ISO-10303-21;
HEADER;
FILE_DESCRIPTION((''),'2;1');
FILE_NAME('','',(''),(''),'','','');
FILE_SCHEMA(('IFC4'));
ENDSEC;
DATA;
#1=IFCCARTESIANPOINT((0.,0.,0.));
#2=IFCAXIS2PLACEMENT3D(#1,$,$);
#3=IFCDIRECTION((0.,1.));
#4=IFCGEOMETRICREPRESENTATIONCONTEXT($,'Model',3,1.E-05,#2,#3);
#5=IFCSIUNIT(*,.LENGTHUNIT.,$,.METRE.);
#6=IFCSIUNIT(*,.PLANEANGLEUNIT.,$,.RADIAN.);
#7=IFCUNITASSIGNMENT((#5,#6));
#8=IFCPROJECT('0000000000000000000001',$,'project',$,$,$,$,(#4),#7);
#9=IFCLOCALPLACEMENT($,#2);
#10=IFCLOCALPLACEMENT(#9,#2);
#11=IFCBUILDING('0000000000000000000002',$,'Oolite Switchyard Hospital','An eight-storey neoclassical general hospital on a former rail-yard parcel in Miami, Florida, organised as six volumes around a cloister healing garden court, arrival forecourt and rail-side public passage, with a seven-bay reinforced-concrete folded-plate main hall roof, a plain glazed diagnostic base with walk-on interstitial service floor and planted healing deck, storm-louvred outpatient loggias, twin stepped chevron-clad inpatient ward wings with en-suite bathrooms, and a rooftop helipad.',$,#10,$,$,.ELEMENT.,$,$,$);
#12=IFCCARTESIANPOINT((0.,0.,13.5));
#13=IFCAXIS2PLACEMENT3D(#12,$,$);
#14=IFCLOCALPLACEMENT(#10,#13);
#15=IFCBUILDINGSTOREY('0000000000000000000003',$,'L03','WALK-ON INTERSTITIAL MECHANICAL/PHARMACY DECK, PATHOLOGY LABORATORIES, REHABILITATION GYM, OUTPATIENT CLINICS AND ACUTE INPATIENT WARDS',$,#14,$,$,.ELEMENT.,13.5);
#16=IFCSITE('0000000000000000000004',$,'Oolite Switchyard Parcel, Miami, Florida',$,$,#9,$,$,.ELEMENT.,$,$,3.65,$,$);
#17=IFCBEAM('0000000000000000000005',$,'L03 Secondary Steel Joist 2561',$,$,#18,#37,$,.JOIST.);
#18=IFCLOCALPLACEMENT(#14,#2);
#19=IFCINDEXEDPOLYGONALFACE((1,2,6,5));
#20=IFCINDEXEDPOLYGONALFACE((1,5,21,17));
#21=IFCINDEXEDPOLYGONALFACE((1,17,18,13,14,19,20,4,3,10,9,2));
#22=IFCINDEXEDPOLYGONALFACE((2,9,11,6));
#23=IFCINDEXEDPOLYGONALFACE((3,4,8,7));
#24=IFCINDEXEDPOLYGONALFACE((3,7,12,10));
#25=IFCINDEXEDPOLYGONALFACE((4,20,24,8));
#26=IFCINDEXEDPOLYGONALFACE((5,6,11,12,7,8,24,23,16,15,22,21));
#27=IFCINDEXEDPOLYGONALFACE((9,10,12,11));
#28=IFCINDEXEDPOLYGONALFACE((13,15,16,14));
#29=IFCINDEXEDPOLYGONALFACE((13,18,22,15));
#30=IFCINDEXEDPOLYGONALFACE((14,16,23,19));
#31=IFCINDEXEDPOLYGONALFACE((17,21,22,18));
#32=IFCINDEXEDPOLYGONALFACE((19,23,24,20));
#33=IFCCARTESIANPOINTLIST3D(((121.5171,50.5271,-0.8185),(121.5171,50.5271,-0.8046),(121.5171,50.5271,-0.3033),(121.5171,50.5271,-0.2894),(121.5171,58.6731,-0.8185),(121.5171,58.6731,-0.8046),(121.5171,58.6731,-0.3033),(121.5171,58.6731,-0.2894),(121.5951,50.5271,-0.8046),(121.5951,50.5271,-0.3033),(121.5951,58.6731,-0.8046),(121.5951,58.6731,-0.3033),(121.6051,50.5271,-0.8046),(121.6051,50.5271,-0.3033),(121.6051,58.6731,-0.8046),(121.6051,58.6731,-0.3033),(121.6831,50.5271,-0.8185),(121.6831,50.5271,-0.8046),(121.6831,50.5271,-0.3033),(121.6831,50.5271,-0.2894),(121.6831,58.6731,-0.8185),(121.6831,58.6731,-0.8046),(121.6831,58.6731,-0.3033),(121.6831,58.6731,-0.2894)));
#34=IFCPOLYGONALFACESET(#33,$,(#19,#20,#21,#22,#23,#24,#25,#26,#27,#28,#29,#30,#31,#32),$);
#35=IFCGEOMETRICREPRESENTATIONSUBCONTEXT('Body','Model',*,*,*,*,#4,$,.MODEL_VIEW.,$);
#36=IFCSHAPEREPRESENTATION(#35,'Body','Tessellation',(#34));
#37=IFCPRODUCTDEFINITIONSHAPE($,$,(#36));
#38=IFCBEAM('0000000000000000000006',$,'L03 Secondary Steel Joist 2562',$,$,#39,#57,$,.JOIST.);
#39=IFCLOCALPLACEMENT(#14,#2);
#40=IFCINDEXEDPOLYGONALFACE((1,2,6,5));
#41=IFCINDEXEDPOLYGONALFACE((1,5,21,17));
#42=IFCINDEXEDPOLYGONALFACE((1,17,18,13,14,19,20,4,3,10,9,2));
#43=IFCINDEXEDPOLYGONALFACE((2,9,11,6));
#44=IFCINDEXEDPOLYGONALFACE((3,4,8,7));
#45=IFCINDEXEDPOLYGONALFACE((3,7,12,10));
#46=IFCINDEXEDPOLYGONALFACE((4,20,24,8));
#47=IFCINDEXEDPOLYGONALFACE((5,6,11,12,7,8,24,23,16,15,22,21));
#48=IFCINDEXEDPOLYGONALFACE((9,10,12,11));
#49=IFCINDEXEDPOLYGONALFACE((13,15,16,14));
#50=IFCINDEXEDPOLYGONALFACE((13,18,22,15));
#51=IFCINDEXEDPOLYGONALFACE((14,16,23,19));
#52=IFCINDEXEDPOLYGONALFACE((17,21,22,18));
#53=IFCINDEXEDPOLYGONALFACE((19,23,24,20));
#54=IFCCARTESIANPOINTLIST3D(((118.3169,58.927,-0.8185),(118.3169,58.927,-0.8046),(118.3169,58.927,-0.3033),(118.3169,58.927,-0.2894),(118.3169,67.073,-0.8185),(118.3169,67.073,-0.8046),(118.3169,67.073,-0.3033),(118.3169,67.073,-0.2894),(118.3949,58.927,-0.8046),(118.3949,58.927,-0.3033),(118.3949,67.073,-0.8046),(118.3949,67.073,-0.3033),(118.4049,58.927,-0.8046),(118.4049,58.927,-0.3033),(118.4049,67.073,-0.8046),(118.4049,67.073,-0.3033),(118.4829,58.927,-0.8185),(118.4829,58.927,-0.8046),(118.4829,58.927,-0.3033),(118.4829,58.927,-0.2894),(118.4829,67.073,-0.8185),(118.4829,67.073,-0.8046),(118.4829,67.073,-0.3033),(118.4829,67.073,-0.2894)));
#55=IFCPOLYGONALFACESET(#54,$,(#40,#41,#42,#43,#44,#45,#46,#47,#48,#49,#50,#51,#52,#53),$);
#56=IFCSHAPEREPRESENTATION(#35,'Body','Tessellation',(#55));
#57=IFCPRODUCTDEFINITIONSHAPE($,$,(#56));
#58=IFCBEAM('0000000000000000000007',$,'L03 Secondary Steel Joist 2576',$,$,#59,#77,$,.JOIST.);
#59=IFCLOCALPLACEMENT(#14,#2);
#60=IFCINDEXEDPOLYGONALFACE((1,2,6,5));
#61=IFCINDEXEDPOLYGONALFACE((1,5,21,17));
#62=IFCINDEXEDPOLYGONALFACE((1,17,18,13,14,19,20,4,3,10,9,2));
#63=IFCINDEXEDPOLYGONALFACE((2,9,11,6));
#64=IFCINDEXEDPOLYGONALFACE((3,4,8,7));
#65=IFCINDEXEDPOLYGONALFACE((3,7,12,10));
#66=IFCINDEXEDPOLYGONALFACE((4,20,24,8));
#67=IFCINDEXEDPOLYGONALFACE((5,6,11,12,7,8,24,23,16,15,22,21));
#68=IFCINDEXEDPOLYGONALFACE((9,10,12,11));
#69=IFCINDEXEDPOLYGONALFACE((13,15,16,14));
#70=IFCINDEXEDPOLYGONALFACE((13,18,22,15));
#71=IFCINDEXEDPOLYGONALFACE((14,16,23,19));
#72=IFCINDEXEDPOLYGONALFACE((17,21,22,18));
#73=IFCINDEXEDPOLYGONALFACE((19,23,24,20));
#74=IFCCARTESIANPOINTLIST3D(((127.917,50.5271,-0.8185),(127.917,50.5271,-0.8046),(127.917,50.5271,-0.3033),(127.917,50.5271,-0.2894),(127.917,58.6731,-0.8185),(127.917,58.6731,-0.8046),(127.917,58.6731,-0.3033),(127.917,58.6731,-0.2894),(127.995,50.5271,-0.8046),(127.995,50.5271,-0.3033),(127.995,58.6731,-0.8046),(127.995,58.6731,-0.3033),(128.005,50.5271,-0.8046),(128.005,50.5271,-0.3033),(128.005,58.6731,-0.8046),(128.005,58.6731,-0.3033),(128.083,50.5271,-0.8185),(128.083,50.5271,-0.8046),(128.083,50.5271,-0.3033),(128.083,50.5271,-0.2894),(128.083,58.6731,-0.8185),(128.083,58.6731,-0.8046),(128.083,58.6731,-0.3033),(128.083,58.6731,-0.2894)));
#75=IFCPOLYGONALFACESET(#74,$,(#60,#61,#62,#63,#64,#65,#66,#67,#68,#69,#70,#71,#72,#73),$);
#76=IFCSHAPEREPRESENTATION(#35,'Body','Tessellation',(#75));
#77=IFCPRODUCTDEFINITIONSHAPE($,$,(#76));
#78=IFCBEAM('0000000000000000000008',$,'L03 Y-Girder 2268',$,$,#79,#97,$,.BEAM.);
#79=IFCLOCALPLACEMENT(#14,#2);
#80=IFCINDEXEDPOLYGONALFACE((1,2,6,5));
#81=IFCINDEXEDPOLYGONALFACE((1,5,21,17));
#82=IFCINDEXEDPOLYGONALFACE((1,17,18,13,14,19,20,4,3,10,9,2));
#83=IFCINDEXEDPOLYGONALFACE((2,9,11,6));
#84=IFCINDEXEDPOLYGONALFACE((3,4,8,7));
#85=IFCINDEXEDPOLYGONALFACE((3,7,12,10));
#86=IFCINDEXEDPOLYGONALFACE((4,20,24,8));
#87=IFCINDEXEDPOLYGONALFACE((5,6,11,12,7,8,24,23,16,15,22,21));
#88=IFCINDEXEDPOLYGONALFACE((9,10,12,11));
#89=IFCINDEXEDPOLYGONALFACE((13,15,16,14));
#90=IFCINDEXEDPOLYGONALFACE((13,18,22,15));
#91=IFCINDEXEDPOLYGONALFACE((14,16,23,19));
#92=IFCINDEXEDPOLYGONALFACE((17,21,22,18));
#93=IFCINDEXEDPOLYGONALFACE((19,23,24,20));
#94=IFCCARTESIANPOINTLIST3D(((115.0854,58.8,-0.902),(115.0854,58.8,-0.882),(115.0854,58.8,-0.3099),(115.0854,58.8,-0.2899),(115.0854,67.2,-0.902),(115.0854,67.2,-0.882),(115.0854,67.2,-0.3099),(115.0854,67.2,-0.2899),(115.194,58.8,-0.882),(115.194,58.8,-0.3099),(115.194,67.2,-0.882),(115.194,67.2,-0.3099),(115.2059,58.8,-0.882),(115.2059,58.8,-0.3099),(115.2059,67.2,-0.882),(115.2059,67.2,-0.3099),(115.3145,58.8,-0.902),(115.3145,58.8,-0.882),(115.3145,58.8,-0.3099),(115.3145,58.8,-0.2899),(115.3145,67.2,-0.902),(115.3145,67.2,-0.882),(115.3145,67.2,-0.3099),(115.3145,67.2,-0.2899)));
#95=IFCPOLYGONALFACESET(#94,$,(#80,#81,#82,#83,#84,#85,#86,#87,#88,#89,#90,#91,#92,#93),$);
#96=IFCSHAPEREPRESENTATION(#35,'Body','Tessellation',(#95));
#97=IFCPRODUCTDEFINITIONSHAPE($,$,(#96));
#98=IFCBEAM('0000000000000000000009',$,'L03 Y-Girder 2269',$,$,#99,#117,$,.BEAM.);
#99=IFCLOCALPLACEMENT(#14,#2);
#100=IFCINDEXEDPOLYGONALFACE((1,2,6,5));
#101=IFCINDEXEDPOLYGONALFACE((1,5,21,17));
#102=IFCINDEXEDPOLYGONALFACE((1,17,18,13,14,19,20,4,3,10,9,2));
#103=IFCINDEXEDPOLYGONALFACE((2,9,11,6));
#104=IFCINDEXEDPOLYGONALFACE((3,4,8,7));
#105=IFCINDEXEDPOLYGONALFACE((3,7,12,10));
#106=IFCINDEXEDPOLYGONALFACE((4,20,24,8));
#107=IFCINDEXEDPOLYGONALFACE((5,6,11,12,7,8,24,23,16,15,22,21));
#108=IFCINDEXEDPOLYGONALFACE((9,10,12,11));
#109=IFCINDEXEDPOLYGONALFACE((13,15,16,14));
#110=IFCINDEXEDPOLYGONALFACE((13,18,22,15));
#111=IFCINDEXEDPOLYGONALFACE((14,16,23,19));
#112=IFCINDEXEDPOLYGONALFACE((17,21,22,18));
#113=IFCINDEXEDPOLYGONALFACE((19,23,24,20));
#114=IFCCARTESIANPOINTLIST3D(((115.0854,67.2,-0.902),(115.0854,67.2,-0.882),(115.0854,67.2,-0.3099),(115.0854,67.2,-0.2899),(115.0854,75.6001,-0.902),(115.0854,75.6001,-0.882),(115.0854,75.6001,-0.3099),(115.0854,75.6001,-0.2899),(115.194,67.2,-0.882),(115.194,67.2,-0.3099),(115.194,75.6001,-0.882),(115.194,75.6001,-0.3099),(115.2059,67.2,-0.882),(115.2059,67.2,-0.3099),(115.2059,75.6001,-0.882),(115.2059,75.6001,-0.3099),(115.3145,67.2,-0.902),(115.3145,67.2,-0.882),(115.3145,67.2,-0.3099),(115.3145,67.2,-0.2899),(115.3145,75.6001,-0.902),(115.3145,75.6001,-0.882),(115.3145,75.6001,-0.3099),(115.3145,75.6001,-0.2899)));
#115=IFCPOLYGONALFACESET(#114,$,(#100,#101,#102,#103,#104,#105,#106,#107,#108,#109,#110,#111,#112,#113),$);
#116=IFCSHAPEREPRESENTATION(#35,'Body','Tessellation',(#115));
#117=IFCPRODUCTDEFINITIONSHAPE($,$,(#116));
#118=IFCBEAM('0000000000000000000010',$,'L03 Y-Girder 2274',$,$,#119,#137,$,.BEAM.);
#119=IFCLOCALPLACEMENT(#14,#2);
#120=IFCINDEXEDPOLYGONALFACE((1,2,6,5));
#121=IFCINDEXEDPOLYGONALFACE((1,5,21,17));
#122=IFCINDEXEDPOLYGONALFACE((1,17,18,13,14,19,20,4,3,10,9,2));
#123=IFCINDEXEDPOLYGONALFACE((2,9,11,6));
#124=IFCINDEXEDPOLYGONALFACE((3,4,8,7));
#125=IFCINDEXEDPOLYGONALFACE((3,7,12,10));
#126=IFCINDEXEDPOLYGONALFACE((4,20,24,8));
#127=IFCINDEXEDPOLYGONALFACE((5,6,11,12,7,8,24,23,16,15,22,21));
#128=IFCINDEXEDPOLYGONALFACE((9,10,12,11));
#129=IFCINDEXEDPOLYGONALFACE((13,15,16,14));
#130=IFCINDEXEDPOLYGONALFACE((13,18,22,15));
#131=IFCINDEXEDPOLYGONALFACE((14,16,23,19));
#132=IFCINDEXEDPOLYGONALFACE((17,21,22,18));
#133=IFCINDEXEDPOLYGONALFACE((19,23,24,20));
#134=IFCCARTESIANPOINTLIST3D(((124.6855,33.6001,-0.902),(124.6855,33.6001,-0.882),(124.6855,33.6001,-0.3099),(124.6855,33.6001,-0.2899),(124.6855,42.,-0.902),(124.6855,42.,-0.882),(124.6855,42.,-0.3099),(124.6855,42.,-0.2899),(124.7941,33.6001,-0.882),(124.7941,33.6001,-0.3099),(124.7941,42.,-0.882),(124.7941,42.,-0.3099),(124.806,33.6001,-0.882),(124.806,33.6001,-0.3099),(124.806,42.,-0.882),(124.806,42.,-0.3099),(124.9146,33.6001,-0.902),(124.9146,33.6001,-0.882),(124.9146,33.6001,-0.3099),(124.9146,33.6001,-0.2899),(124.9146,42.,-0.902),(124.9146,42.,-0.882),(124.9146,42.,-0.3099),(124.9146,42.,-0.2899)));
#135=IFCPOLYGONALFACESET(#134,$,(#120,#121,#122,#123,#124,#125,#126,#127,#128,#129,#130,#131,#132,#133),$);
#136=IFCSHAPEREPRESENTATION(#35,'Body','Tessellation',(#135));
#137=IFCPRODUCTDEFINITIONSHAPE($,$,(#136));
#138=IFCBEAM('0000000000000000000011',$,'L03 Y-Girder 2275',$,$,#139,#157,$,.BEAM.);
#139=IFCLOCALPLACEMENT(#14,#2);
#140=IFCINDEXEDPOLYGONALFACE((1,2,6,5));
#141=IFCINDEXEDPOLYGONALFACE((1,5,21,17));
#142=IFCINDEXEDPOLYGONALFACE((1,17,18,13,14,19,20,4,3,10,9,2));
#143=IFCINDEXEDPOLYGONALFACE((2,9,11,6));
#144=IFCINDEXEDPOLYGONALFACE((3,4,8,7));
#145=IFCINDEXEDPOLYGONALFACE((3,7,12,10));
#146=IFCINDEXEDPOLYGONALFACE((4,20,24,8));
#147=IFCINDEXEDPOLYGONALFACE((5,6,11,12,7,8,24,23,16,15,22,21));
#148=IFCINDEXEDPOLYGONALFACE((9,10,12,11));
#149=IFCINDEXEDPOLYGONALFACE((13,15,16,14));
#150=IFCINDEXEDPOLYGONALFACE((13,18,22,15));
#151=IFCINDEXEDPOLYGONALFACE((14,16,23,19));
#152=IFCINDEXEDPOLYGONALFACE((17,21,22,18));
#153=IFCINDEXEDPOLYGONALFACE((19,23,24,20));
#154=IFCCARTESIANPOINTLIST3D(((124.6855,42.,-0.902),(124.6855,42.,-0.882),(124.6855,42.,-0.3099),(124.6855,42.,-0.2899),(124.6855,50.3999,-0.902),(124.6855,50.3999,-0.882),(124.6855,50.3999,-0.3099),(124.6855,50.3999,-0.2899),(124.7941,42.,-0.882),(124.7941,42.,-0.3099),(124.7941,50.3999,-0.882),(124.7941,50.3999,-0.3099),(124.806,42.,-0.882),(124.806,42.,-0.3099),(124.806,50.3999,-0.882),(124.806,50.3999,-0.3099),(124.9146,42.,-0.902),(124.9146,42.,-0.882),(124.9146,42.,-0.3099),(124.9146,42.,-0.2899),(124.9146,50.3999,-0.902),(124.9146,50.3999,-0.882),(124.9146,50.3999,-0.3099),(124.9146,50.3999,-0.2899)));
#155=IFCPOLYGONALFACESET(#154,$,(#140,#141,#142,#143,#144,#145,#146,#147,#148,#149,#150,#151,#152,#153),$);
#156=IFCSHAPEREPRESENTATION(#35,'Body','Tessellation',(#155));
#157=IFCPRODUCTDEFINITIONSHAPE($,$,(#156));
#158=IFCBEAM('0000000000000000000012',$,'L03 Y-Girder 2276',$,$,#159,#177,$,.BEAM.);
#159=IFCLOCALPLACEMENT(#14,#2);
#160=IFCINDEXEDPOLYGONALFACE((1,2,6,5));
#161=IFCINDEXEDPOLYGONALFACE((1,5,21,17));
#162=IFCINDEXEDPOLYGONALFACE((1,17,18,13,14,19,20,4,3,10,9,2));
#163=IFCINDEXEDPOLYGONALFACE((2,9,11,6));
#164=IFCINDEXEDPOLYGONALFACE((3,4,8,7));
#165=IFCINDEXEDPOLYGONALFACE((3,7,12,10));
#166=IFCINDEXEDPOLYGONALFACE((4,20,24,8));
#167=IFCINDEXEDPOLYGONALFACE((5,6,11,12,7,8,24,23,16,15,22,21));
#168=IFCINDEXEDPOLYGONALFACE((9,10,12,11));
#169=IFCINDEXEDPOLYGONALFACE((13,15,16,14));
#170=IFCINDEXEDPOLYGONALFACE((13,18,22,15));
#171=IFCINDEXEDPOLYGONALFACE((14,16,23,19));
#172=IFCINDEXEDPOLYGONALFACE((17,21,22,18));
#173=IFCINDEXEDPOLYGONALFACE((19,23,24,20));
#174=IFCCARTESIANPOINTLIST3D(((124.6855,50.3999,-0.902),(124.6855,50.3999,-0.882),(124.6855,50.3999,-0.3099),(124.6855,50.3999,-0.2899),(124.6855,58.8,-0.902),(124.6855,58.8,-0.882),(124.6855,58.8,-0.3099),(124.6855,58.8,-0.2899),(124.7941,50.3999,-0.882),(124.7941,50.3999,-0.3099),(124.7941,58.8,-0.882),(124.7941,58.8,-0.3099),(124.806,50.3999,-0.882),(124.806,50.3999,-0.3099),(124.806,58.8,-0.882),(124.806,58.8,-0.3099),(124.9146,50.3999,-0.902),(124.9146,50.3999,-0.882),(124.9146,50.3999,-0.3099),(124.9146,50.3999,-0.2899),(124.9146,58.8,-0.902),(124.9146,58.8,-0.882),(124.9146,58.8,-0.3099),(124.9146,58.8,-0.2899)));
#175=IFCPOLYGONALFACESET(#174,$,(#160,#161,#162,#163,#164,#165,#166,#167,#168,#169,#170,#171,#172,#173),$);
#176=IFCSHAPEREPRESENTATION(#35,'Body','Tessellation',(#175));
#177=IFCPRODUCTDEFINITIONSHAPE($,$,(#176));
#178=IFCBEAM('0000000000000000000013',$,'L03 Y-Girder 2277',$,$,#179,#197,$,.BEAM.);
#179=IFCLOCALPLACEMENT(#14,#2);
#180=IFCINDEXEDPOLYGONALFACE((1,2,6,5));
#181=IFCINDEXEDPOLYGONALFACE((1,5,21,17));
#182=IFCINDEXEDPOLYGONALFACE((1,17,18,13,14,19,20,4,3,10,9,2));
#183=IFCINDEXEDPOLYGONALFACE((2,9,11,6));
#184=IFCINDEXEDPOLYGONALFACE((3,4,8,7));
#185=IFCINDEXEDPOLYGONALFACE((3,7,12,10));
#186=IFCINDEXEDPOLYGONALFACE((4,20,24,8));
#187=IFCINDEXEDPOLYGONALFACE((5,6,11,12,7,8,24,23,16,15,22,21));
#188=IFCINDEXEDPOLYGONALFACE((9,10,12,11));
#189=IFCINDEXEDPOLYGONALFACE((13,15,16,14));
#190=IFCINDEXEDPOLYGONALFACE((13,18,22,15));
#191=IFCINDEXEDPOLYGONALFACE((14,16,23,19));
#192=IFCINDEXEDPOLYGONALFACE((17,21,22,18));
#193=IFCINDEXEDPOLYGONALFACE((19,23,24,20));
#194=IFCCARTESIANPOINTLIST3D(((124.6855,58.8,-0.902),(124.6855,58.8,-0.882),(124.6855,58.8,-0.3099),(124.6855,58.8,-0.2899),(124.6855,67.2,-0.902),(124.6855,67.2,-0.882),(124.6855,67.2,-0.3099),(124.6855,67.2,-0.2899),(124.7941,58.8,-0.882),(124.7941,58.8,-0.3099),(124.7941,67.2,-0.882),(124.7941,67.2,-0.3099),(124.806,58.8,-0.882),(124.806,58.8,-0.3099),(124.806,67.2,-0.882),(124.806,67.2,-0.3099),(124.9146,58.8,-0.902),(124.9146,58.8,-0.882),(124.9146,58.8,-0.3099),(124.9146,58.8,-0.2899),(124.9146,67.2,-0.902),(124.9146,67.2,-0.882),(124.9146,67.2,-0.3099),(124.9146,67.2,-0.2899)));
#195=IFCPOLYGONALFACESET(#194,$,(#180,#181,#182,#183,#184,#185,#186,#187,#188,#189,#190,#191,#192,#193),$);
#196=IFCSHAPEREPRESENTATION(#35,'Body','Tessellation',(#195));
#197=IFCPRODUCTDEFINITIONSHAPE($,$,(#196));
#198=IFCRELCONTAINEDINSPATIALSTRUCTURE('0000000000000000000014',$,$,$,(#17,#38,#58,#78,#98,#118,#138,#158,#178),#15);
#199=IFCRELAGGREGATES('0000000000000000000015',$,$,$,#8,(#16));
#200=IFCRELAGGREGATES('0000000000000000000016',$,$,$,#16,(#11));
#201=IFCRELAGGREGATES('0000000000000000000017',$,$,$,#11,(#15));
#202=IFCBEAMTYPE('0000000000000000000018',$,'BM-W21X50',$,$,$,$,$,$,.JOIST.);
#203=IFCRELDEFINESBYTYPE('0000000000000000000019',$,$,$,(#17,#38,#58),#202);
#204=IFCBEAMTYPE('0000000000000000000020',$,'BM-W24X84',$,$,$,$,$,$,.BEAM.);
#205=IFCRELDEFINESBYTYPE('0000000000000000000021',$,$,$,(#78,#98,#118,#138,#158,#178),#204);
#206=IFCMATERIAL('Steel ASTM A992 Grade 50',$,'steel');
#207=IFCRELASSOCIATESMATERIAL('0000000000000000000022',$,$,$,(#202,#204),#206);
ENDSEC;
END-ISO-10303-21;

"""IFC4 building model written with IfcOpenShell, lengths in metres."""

from ifc_helpers import new_model, si_unit, direction, frame, origin, origin_2d, place, context, subcontext, project, spatial, i_section, extrude, material, material_profile, profile_set, type_object, element, save


model = new_model("IFC4")

# Units and contexts
model_context = context("Model", 3, precision=1e-05, world=origin(), true_north=direction((0.0, 1.0)))
body_context = subcontext(model_context, "Body", "Model", "MODEL_VIEW")
ifc_project = project(units=[si_unit("LENGTHUNIT", "METRE"), si_unit("PLANEANGLEUNIT", "RADIAN")], contexts=[model_context])

# Site, building, storey
site_placement = place(None, origin())
site = spatial("IfcSite", under=ifc_project, at=site_placement, Name="Oolite Switchyard Parcel, Miami, Florida", CompositionType="ELEMENT", RefElevation=3.65)
building_placement = place(site_placement, origin())
building = spatial("IfcBuilding", under=site, at=building_placement, Name="Oolite Switchyard Hospital", Description="An eight-storey neoclassical general hospital on a former rail-yard parcel in Miami, Florida, organised as six volumes around a cloister healing garden court, arrival forecourt and rail-side public passage, with a seven-bay reinforced-concrete folded-plate main hall roof, a plain glazed diagnostic base with walk-on interstitial service floor and planted healing deck, storm-louvred outpatient loggias, twin stepped chevron-clad inpatient ward wings with en-suite bathrooms, and a rooftop helipad.", CompositionType="ELEMENT")
storey_placement = place(building_placement, frame((0.0, 0.0, 13.5)))
storey = spatial("IfcBuildingStorey", under=building, at=storey_placement, Name="L03", Description="WALK-ON INTERSTITIAL MECHANICAL/PHARMACY DECK, PATHOLOGY LABORATORIES, REHABILITATION GYM, OUTPATIENT CLINICS AND ACUTE INPATIENT WARDS", CompositionType="ELEMENT", Elevation=13.5)

# Beams
ifc_material_1 = material(Name="Steel ASTM A992 Grade 50", Category="steel")
ifc_material_profile_1 = material_profile(ifc_material_1, i_section(OverallWidth=0.166, OverallDepth=0.5291, WebThickness=0.01, FlangeThickness=0.0139, at=origin_2d()), Name="W21X50")
ifc_profile_set_1 = profile_set([ifc_material_profile_1], Name="Steel ASTM A992 Grade 50")
beam_type_1 = type_object("IfcBeamType", Name="BM-W21X50", PredefinedType="JOIST", material=ifc_profile_set_1)
for number, where, z_axis, x_axis, name in (
    (1, (121.6001, 50.5271, -0.554), (0.0, 1.0, 0.0), (-1.0, 0.0, 0.0), "L03 Secondary Steel Joist 2561"),
    (2, (118.3999, 58.927, -0.554), (0.0, 1.0, 0.0), (-1.0, 0.0, 0.0), "L03 Secondary Steel Joist 2562"),
    (3, (128.0, 50.5271, -0.554), (0.0, 1.0, 0.0), (-1.0, 0.0, 0.0), "L03 Secondary Steel Joist 2576"),
):
    element("IfcBeam", number, at=place(storey_placement, frame(where, z_axis=z_axis, x_axis=x_axis)), inside=storey, type_object=beam_type_1, Name=name, PredefinedType="JOIST", context=body_context, shape_type="SweptSolid", body=[
        extrude(i_section(OverallWidth=0.166, OverallDepth=0.5291, WebThickness=0.01, FlangeThickness=0.0139, at=origin_2d()), origin(), (0.0, 0.0, 1.0), 8.146),
    ])
ifc_material_profile_2 = material_profile(ifc_material_1, i_section(OverallWidth=0.229, OverallDepth=0.6121, WebThickness=0.012, FlangeThickness=0.02, at=origin_2d()), Name="W24X84")
ifc_profile_set_2 = profile_set([ifc_material_profile_2], Name="Steel ASTM A992 Grade 50")
beam_type_2 = type_object("IfcBeamType", Name="BM-W24X84", PredefinedType="BEAM", material=ifc_profile_set_2)
beam_1_placement = place(storey_placement, frame((115.2, 58.8, -0.5959), z_axis=(0.0, 1.0, 0.0), x_axis=(-1.0, 0.0, 0.0)))
element("IfcBeam", 4, at=beam_1_placement, inside=storey, type_object=beam_type_2, Name="L03 Y-Girder 2268", PredefinedType="BEAM", context=body_context, shape_type="SweptSolid", body=[
    extrude(i_section(OverallWidth=0.229, OverallDepth=0.6121, WebThickness=0.012, FlangeThickness=0.02, at=origin_2d()), origin(), (0.0, 0.0, 1.0), 8.3999),
])
beam_2_placement = place(storey_placement, frame((115.2, 67.2, -0.5959), z_axis=(0.0, 1.0, 0.0), x_axis=(-1.0, 0.0, 0.0)))
element("IfcBeam", 5, at=beam_2_placement, inside=storey, type_object=beam_type_2, Name="L03 Y-Girder 2269", PredefinedType="BEAM", context=body_context, shape_type="SweptSolid", body=[
    extrude(i_section(OverallWidth=0.229, OverallDepth=0.6121, WebThickness=0.012, FlangeThickness=0.02, at=origin_2d()), origin(), (0.0, 0.0, 1.0), 8.4001),
])
for number, where, z_axis, x_axis, name in (
    (6, (124.8, 33.6001, -0.5959), (0.0, 1.0, 0.0), (-1.0, 0.0, 0.0), "L03 Y-Girder 2274"),
    (7, (124.8, 42.0, -0.5959), (0.0, 1.0, 0.0), (-1.0, 0.0, 0.0), "L03 Y-Girder 2275"),
):
    element("IfcBeam", number, at=place(storey_placement, frame(where, z_axis=z_axis, x_axis=x_axis)), inside=storey, type_object=beam_type_2, Name=name, PredefinedType="BEAM", context=body_context, shape_type="SweptSolid", body=[
        extrude(i_section(OverallWidth=0.229, OverallDepth=0.6121, WebThickness=0.012, FlangeThickness=0.02, at=origin_2d()), origin(), (0.0, 0.0, 1.0), 8.3999),
    ])
beam_3_placement = place(storey_placement, frame((124.8, 50.3999, -0.5959), z_axis=(0.0, 1.0, 0.0), x_axis=(-1.0, 0.0, 0.0)))
element("IfcBeam", 8, at=beam_3_placement, inside=storey, type_object=beam_type_2, Name="L03 Y-Girder 2276", PredefinedType="BEAM", context=body_context, shape_type="SweptSolid", body=[
    extrude(i_section(OverallWidth=0.229, OverallDepth=0.6121, WebThickness=0.012, FlangeThickness=0.02, at=origin_2d()), origin(), (0.0, 0.0, 1.0), 8.4001),
])
beam_4_placement = place(storey_placement, frame((124.8, 58.8, -0.5959), z_axis=(0.0, 1.0, 0.0), x_axis=(-1.0, 0.0, 0.0)))
element("IfcBeam", 9, at=beam_4_placement, inside=storey, type_object=beam_type_2, Name="L03 Y-Girder 2277", PredefinedType="BEAM", context=body_context, shape_type="SweptSolid", body=[
    extrude(i_section(OverallWidth=0.229, OverallDepth=0.6121, WebThickness=0.012, FlangeThickness=0.02, at=origin_2d()), origin(), (0.0, 0.0, 1.0), 8.3999),
])

save(model, "model.ifc")
